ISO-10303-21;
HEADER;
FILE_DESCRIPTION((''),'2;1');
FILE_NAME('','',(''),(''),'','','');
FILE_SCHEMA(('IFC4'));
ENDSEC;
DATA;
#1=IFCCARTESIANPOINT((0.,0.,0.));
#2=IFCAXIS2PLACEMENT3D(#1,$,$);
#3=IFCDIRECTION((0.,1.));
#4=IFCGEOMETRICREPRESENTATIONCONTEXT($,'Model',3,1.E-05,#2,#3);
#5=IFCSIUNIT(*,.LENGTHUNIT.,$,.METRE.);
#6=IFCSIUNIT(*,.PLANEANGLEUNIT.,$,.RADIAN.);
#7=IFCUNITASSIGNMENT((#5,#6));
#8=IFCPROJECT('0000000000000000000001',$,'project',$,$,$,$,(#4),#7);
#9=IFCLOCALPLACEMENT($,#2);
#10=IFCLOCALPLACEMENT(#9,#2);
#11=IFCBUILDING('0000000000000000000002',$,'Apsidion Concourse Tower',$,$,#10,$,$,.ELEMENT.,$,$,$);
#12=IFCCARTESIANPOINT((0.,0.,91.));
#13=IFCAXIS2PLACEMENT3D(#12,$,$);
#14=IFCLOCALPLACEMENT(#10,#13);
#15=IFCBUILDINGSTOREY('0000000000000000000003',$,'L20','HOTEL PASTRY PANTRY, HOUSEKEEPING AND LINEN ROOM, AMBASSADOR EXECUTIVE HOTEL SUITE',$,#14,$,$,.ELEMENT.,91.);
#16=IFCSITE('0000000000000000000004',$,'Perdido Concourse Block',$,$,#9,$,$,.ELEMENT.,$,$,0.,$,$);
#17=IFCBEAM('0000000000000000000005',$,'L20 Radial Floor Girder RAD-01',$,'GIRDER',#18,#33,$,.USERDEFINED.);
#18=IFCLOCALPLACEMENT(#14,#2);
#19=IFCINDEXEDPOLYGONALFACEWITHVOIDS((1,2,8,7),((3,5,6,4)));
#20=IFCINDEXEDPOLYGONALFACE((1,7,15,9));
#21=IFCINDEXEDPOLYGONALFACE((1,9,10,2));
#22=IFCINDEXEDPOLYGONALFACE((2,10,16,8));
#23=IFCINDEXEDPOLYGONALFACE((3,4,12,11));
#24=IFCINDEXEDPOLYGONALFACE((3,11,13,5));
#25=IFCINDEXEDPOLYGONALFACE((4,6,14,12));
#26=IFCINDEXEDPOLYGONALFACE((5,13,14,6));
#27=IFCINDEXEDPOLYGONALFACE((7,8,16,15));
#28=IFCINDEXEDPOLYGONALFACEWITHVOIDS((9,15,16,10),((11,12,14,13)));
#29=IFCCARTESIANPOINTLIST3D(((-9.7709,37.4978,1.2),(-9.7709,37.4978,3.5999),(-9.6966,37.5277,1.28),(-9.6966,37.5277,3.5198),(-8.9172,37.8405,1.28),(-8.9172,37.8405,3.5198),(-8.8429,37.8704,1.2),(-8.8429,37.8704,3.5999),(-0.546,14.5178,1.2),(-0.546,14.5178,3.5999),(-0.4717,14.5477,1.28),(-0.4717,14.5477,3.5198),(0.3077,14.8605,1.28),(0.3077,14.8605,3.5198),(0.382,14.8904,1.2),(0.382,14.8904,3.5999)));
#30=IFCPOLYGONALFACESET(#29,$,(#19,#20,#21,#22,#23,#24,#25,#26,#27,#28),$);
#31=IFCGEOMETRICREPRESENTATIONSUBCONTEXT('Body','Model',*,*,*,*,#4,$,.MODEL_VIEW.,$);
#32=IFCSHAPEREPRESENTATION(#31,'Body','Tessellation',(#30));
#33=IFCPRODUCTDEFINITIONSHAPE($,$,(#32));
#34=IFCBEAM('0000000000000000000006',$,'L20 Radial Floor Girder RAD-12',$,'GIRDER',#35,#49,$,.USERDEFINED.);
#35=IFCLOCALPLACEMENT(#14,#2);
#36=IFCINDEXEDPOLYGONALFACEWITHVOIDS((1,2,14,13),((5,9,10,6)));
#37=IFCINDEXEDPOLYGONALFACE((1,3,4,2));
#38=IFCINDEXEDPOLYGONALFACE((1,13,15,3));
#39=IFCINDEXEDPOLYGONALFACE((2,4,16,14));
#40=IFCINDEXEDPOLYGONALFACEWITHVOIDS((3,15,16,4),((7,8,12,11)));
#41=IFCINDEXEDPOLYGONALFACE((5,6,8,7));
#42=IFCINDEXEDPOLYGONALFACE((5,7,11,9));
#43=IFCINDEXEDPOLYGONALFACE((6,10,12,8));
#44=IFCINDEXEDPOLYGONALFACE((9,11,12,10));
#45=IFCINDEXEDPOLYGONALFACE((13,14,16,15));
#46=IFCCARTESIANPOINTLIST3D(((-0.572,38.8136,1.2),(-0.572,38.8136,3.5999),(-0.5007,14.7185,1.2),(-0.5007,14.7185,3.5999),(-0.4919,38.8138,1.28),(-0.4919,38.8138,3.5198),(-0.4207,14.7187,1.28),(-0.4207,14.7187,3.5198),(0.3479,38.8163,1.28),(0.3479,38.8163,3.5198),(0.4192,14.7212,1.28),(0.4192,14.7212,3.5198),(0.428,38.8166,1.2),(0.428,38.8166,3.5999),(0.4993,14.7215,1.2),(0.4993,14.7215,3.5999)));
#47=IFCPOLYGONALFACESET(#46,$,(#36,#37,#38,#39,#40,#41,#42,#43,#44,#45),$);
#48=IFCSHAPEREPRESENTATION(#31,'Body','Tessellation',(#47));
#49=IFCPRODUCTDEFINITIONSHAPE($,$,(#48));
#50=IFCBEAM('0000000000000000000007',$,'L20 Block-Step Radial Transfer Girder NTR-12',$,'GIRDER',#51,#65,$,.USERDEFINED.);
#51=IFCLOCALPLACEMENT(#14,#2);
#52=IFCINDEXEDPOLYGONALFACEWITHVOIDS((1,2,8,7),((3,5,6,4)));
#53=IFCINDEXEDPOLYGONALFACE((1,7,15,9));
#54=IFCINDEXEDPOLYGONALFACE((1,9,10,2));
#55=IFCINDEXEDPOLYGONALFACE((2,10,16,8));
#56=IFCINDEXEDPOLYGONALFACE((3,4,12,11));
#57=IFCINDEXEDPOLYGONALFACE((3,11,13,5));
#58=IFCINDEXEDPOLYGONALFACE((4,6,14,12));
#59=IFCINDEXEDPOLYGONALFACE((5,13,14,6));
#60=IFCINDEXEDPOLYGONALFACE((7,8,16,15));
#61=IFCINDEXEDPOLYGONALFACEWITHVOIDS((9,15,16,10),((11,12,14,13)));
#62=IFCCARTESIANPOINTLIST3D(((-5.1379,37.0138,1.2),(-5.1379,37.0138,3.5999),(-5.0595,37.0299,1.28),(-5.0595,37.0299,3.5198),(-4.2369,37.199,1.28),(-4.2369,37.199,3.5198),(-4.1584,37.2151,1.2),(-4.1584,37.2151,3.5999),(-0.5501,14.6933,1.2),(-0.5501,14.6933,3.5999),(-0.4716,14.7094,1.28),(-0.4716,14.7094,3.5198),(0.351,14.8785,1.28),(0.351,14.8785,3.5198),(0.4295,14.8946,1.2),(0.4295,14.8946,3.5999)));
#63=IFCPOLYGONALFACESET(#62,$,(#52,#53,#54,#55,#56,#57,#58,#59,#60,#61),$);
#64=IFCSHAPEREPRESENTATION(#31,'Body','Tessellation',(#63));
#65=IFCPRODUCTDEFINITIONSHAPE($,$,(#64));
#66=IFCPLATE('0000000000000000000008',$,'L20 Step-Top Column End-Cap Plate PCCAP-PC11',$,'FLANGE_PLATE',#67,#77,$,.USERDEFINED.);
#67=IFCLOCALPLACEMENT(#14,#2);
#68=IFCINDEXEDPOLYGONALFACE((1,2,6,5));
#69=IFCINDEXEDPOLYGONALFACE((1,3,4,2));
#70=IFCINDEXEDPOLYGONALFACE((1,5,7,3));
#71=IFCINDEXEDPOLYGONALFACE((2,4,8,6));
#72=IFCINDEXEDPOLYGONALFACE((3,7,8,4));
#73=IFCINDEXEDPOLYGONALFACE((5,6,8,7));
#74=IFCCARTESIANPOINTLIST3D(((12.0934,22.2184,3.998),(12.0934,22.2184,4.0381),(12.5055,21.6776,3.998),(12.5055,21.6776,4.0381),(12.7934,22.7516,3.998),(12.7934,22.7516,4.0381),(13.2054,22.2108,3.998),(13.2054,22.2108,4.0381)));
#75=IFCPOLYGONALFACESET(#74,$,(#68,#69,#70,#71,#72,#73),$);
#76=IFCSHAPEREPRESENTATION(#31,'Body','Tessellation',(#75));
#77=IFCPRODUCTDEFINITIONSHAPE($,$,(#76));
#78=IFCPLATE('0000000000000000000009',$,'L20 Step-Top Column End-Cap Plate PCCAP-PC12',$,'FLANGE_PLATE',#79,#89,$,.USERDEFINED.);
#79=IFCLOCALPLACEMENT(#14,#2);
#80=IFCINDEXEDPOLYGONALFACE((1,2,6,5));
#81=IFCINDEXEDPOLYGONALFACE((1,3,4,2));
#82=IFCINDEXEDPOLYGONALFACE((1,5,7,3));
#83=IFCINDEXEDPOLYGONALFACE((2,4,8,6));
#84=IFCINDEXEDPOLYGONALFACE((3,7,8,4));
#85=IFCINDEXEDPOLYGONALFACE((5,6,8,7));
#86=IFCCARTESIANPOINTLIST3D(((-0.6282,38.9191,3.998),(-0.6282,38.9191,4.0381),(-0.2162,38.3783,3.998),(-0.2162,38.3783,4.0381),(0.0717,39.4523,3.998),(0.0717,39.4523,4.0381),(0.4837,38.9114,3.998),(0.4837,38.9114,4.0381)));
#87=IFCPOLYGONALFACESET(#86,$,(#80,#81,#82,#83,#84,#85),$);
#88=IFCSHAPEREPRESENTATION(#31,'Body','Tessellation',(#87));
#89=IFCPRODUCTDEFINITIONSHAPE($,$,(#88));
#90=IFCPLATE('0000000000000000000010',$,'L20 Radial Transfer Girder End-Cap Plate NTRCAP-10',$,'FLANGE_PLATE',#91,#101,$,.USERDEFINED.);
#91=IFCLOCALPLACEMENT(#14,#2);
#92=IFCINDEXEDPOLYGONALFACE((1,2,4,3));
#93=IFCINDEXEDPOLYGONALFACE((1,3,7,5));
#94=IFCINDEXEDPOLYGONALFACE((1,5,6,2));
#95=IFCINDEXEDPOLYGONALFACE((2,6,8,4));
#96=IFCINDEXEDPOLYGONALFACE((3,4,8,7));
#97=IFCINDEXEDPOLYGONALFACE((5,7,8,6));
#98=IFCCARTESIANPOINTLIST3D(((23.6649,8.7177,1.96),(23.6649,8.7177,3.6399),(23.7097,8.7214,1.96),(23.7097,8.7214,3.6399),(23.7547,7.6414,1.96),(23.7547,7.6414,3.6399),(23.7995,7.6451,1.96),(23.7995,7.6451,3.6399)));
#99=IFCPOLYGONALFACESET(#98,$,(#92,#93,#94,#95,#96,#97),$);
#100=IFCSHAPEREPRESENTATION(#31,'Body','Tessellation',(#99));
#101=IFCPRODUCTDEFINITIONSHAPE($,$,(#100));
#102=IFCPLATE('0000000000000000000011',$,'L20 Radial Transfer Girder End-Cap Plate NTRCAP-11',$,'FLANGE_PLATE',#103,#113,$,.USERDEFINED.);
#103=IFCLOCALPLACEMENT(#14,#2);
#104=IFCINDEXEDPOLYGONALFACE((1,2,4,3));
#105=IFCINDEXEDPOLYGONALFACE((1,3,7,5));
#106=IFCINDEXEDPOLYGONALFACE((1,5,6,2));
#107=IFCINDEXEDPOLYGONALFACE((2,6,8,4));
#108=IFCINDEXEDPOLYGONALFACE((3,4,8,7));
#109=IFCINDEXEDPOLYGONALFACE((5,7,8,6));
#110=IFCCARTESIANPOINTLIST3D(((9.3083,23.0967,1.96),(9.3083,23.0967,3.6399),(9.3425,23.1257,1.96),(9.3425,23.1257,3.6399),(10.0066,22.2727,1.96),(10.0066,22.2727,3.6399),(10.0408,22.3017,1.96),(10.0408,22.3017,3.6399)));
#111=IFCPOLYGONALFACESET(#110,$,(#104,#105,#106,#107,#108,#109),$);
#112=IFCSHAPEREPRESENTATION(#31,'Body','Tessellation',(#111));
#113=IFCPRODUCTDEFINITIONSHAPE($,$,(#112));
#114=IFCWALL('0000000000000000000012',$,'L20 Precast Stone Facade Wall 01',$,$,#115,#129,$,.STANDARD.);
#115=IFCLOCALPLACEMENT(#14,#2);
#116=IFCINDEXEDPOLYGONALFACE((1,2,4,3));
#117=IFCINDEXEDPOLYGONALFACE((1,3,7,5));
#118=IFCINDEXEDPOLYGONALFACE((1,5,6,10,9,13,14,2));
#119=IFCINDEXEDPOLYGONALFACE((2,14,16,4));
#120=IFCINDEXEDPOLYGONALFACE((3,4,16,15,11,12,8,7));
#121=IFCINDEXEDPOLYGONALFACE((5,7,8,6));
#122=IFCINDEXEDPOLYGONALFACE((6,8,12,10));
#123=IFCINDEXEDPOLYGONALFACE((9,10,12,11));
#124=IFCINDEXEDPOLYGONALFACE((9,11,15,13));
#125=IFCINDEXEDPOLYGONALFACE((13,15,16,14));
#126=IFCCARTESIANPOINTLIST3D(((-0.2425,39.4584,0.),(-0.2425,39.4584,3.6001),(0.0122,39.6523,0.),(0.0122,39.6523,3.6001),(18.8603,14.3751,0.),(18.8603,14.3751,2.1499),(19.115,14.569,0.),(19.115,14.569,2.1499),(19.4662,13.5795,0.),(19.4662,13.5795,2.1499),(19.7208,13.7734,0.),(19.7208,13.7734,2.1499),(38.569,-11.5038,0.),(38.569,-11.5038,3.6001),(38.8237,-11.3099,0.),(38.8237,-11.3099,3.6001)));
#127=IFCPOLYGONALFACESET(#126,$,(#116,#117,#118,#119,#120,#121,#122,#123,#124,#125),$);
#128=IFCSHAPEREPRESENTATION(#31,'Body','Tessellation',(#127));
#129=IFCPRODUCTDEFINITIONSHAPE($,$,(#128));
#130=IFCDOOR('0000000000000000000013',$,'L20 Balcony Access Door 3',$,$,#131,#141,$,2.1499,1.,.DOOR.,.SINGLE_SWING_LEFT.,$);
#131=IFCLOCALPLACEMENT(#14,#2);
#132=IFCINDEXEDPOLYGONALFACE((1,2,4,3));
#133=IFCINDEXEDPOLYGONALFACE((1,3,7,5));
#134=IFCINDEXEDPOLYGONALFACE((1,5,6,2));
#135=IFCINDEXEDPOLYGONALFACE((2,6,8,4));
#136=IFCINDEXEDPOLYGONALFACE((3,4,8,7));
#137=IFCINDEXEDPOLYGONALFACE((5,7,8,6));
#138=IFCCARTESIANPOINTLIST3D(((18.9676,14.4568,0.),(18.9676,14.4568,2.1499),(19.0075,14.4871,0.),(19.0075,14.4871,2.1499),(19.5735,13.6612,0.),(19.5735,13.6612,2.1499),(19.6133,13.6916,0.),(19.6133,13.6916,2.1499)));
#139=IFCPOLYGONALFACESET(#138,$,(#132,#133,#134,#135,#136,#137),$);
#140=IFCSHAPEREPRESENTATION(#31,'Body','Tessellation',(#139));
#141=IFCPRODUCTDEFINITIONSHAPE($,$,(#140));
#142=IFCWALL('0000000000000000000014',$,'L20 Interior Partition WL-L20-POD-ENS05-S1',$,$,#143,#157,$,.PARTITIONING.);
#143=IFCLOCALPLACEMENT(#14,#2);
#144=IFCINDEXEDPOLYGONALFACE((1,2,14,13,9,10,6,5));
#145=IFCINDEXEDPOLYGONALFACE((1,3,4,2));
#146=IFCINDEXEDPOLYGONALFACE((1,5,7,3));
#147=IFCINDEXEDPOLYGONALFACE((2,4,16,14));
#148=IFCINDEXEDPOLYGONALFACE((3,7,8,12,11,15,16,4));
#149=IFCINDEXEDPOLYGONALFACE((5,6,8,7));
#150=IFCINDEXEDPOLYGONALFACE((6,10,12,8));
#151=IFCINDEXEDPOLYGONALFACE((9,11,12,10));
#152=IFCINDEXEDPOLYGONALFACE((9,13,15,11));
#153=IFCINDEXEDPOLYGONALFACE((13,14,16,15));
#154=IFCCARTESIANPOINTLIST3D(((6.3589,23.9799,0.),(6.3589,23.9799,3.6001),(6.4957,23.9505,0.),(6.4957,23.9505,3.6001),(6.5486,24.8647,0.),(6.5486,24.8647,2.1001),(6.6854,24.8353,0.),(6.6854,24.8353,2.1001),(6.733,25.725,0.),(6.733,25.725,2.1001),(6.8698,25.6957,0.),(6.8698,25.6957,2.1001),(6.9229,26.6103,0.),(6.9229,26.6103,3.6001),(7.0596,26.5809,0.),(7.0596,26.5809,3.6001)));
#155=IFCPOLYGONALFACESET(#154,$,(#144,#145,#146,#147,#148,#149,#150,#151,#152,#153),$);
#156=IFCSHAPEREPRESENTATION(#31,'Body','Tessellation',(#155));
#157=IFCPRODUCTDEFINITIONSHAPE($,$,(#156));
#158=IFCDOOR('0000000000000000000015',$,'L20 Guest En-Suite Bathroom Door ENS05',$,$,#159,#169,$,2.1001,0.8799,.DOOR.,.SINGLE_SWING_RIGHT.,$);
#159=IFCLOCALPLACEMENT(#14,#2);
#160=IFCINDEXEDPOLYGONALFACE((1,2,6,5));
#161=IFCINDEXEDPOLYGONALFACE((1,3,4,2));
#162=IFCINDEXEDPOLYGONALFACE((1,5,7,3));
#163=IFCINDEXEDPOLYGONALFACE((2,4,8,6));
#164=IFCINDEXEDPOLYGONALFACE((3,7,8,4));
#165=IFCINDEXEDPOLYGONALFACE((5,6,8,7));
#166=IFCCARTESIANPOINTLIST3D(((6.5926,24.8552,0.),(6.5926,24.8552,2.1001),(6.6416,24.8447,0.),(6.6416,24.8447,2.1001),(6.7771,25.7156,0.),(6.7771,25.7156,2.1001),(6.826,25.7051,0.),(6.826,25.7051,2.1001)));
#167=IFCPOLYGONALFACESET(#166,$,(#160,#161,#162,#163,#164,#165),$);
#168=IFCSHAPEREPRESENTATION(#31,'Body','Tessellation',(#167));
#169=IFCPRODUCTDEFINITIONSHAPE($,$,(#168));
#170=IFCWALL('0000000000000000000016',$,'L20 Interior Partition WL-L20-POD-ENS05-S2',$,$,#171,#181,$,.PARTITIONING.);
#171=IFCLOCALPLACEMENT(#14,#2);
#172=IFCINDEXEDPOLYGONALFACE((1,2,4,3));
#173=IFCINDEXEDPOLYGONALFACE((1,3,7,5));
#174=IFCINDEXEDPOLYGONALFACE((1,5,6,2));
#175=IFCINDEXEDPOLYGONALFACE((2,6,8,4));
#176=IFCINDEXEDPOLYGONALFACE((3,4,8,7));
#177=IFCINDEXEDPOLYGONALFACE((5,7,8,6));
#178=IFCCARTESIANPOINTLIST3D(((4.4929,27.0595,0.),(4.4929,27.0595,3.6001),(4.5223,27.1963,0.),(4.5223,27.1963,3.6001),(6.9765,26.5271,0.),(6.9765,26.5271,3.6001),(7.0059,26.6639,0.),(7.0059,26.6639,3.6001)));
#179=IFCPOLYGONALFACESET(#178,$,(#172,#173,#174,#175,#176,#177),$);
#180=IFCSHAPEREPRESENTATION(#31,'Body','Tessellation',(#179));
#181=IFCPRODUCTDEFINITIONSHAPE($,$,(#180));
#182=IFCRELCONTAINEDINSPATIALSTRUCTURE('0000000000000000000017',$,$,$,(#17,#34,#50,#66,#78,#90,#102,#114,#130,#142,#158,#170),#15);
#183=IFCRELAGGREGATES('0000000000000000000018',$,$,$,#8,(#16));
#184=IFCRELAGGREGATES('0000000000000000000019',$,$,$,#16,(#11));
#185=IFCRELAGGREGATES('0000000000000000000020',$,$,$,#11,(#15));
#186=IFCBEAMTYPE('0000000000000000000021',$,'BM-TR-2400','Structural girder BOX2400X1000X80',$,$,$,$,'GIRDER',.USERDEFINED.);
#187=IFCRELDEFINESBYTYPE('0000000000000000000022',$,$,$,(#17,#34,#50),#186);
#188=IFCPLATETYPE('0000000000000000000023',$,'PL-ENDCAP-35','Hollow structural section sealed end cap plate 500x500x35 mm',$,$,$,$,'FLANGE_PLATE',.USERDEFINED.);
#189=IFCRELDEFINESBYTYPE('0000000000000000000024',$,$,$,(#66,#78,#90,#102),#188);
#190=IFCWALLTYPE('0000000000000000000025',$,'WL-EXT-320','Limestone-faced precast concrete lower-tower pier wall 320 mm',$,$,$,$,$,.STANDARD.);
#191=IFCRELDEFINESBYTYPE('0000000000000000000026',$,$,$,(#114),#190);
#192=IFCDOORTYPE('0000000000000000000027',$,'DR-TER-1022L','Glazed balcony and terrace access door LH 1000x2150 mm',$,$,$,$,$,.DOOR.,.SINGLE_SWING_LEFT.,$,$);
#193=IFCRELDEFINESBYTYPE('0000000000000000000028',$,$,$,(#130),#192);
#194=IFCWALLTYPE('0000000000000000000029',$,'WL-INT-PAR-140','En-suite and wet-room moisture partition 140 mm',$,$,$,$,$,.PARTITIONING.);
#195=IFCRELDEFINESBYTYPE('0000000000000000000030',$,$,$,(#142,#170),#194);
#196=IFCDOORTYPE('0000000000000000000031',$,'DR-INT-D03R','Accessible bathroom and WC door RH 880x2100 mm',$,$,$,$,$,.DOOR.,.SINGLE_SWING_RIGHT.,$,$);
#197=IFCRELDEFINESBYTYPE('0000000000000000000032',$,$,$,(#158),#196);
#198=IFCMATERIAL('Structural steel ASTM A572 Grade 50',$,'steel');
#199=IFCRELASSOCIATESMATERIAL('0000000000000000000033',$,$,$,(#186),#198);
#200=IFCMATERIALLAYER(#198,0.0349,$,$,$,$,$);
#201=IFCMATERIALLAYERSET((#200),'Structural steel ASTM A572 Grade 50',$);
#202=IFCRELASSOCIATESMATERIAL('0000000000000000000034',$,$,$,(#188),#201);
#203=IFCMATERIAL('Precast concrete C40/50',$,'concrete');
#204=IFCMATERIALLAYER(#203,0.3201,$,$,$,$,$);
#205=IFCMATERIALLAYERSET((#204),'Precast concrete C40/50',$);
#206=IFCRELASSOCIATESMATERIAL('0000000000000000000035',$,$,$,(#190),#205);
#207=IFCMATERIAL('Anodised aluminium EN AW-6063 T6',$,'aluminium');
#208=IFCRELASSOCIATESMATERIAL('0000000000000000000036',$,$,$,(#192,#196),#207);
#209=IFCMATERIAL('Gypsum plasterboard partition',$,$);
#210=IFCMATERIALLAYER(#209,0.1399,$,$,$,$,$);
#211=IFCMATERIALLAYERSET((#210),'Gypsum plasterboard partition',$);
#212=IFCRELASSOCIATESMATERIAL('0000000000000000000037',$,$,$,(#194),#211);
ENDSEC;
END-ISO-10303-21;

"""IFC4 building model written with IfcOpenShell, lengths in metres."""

from ifc_helpers import new_model, si_unit, direction, frame, frame_2d, origin, origin_2d, place, context, subcontext, project, spatial, rectangle, hollow_rectangle, extrude, material, layer, layer_set, material_profile, profile_set, type_object, element, fill, save


model = new_model("IFC4")

# Units and contexts
model_context = context("Model", 3, precision=1e-05, world=origin(), true_north=direction((0.0, 1.0)))
body_context = subcontext(model_context, "Body", "Model", "MODEL_VIEW")
ifc_project = project(units=[si_unit("LENGTHUNIT", "METRE"), si_unit("PLANEANGLEUNIT", "RADIAN")], contexts=[model_context])

# Site, building, storey
site_placement = place(None, origin())
site = spatial("IfcSite", under=ifc_project, at=site_placement, Name="Perdido Concourse Block", CompositionType="ELEMENT", RefElevation=0.0)
building_placement = place(site_placement, origin())
building = spatial("IfcBuilding", under=site, at=building_placement, Name="Apsidion Concourse Tower", CompositionType="ELEMENT")
storey_placement = place(building_placement, frame((0.0, 0.0, 91.0)))
storey = spatial("IfcBuildingStorey", under=building, at=storey_placement, Name="L20", Description="HOTEL PASTRY PANTRY, HOUSEKEEPING AND LINEN ROOM, AMBASSADOR EXECUTIVE HOTEL SUITE", CompositionType="ELEMENT", Elevation=91.0)

# Shared definitions
ifc_material_1 = material(Name="Structural steel ASTM A572 Grade 50", Category="steel")

# Beams
ifc_material_profile_1 = material_profile(ifc_material_1, hollow_rectangle(XDim=1.0, YDim=2.3999, WallThickness=0.0801, at=origin_2d()), Name="BOX2400X1000X80")
ifc_profile_set_1 = profile_set([ifc_material_profile_1], Name="Structural steel ASTM A572 Grade 50")
beam_type_1 = type_object("IfcBeamType", Name="BM-TR-2400", Description="Structural girder BOX2400X1000X80", ElementType="GIRDER", PredefinedType="USERDEFINED", material=ifc_profile_set_1)
beam_1_placement = place(storey_placement, frame((-0.082, 14.7041, 2.3999), z_axis=(-0.372534, 0.928018, 0.0), x_axis=(-0.928018, -0.372534, 0.0)))
element("IfcBeam", 1, at=beam_1_placement, inside=storey, type_object=beam_type_1, Name="L20 Radial Floor Girder RAD-01", ObjectType="GIRDER", PredefinedType="USERDEFINED", context=body_context, shape_type="SweptSolid", body=[
    extrude(hollow_rectangle(XDim=1.0, YDim=2.3999, WallThickness=0.0801, at=origin_2d()), origin(), (0.0, 0.0, 1.0), 24.7625),
])
beam_2_placement = place(storey_placement, frame((-0.0007, 14.72, 2.3999), z_axis=(-0.002959, 0.999996, 0.0), x_axis=(-0.999996, -0.002959, 0.0)))
element("IfcBeam", 2, at=beam_2_placement, inside=storey, type_object=beam_type_1, Name="L20 Radial Floor Girder RAD-12", ObjectType="GIRDER", PredefinedType="USERDEFINED", context=body_context, shape_type="SweptSolid", body=[
    extrude(hollow_rectangle(XDim=1.0, YDim=2.3999, WallThickness=0.0801, at=origin_2d()), origin(), (0.0, 0.0, 1.0), 24.0952),
])
beam_3_placement = place(storey_placement, frame((-0.0603, 14.7939, 2.3999), z_axis=(-0.201336, 0.979522, 0.0), x_axis=(-0.979522, -0.201336, 0.0)))
element("IfcBeam", 3, at=beam_3_placement, inside=storey, type_object=beam_type_1, Name="L20 Block-Step Radial Transfer Girder NTR-12", ObjectType="GIRDER", PredefinedType="USERDEFINED", context=body_context, shape_type="SweptSolid", body=[
    extrude(hollow_rectangle(XDim=1.0, YDim=2.3999, WallThickness=0.0801, at=origin_2d()), origin(), (0.0, 0.0, 1.0), 22.7871),
])

# Plates
ifc_layer_1 = layer(ifc_material_1, 0.0349)
ifc_layer_set_1 = layer_set([ifc_layer_1], Name="Structural steel ASTM A572 Grade 50")
plate_type = type_object("IfcPlateType", Name="PL-ENDCAP-35", Description="Hollow structural section sealed end cap plate 500x500x35 mm", ElementType="FLANGE_PLATE", PredefinedType="USERDEFINED", material=ifc_layer_set_1)
for number, where, z_axis, x_axis, name in (
    (4, (12.6494, 22.2146, 3.998), (0.0, 0.0, 1.0), (-0.605988, 0.795473, 0.0), "L20 Step-Top Column End-Cap Plate PCCAP-PC11"),
    (5, (-0.0723, 38.9153, 3.998), (0.0, 0.0, 1.0), (-0.605988, 0.795473, 0.0), "L20 Step-Top Column End-Cap Plate PCCAP-PC12"),
):
    element("IfcPlate", number, at=place(storey_placement, frame(where, z_axis=z_axis, x_axis=x_axis)), inside=storey, type_object=plate_type, Name=name, ObjectType="FLANGE_PLATE", PredefinedType="USERDEFINED", context=body_context, shape_type="SweptSolid", body=[
        extrude(rectangle(XDim=0.6799, YDim=0.8799, at=origin_2d()), origin(), (0.0, 0.0, 1.0), 0.04),
    ])
for number, where, z_axis, x_axis, name in (
    (6, (23.7322, 8.1814, 1.96), (0.0, 0.0, 1.0), (0.996537, 0.083156, 0.0), "L20 Radial Transfer Girder End-Cap Plate NTRCAP-10"),
    (7, (9.6746, 22.6992, 1.96), (0.0, 0.0, 1.0), (0.762894, 0.646524, 0.0), "L20 Radial Transfer Girder End-Cap Plate NTRCAP-11"),
):
    element("IfcPlate", number, at=place(storey_placement, frame(where, z_axis=z_axis, x_axis=x_axis)), inside=storey, type_object=plate_type, Name=name, ObjectType="FLANGE_PLATE", PredefinedType="USERDEFINED", context=body_context, shape_type="SweptSolid", body=[
        extrude(rectangle(XDim=0.0449, YDim=1.0801, at=origin_2d()), origin(), (0.0, 0.0, 1.0), 1.6799),
    ])

# Walls, openings, doors
ifc_material_2 = material(Name="Precast concrete C40/50", Category="concrete")
ifc_layer_2 = layer(ifc_material_2, 0.3201)
ifc_layer_set_2 = layer_set([ifc_layer_2], Name="Precast concrete C40/50")
wall_type_1 = type_object("IfcWallType", Name="WL-EXT-320", Description="Limestone-faced precast concrete lower-tower pier wall 320 mm", PredefinedType="STANDARD", material=ifc_layer_set_2)
wall_1_placement = place(storey_placement, frame((-0.1152, 39.5554, 0.0), z_axis=(0.0, 0.0, 1.0), x_axis=(0.605877, -0.795558, 0.0)))
wall_1 = element("IfcWall", 8, at=wall_1_placement, inside=storey, type_object=wall_type_1, Name="L20 Precast Stone Facade Wall 01", PredefinedType="STANDARD", context=body_context, shape_type="SweptSolid", body=[
    extrude(rectangle(XDim=64.0583, YDim=0.3201, at=frame_2d((32.0293, 0.0))), origin(), (0.0, 0.0, 1.0), 3.6001),
])
opening_1_placement = place(wall_1_placement, frame((31.5293, 0.0, 0.0)))
opening_1 = element("IfcOpeningElement", 9, at=opening_1_placement, cuts=wall_1, PredefinedType="OPENING", context=body_context, shape_type="SweptSolid", body=[
    extrude(rectangle(XDim=1.0, YDim=2.1499, at=frame_2d((0.5, 1.075))), frame((0.0, 0.1699, 0.0), z_axis=(0.0, -1.0, 0.0), x_axis=(1.0, 0.0, 0.0)), (0.0, 0.0, 1.0), 0.3401),
])
ifc_material_3 = material(Name="Anodised aluminium EN AW-6063 T6", Category="aluminium")
door_type_1 = type_object("IfcDoorType", Name="DR-TER-1022L", Description="Glazed balcony and terrace access door LH 1000x2150 mm", OperationType="SINGLE_SWING_LEFT", PredefinedType="DOOR", material=ifc_material_3)
door_1_placement = place(opening_1_placement, origin())
door_1 = element("IfcDoor", 10, at=door_1_placement, inside=storey, type_object=door_type_1, Name="L20 Balcony Access Door 3", OperationType="SINGLE_SWING_LEFT", OverallHeight=2.1499, OverallWidth=1.0, PredefinedType="DOOR", context=body_context, shape_type="SweptSolid", body=[
    extrude(rectangle(XDim=1.0, YDim=2.1499, at=frame_2d((0.5, 1.075))), frame((0.0, 0.0249, 0.0), z_axis=(0.0, -1.0, 0.0), x_axis=(1.0, 0.0, 0.0)), (0.0, 0.0, 1.0), 0.05),
])
fill(opening_1, door_1)
ifc_material_4 = material(Name="Gypsum plasterboard partition")
ifc_layer_3 = layer(ifc_material_4, 0.1399)
ifc_layer_set_3 = layer_set([ifc_layer_3], Name="Gypsum plasterboard partition")
wall_type_2 = type_object("IfcWallType", Name="WL-INT-PAR-140", Description="En-suite and wet-room moisture partition 140 mm", PredefinedType="PARTITIONING", material=ifc_layer_set_3)
wall_2_placement = place(storey_placement, frame((6.4272, 23.9651, 0.0), z_axis=(0.0, 0.0, 1.0), x_axis=(0.209641, 0.977779, 0.0)))
wall_2 = element("IfcWall", 11, at=wall_2_placement, inside=storey, type_object=wall_type_2, Name="L20 Interior Partition WL-L20-POD-ENS05-S1", PredefinedType="PARTITIONING", context=body_context, shape_type="SweptSolid", body=[
    extrude(rectangle(XDim=2.6902, YDim=0.1399, at=frame_2d((1.3452, 0.0))), origin(), (0.0, 0.0, 1.0), 3.6001),
])
opening_2_placement = place(wall_2_placement, frame((0.905, 0.0, 0.0)))
opening_2 = element("IfcOpeningElement", 12, at=opening_2_placement, cuts=wall_2, PredefinedType="OPENING", context=body_context, shape_type="SweptSolid", body=[
    extrude(rectangle(XDim=0.8799, YDim=2.1001, at=frame_2d((0.4399, 1.05))), frame((0.0, 0.0801, 0.0), z_axis=(0.0, -1.0, 0.0), x_axis=(1.0, 0.0, 0.0)), (0.0, 0.0, 1.0), 0.1599),
])
door_type_2 = type_object("IfcDoorType", Name="DR-INT-D03R", Description="Accessible bathroom and WC door RH 880x2100 mm", OperationType="SINGLE_SWING_RIGHT", PredefinedType="DOOR", material=ifc_material_3)
door_2_placement = place(opening_2_placement, origin())
door_2 = element("IfcDoor", 13, at=door_2_placement, inside=storey, type_object=door_type_2, Name="L20 Guest En-Suite Bathroom Door ENS05", OperationType="SINGLE_SWING_RIGHT", OverallHeight=2.1001, OverallWidth=0.8799, PredefinedType="DOOR", context=body_context, shape_type="SweptSolid", body=[
    extrude(rectangle(XDim=0.8799, YDim=2.1001, at=frame_2d((0.4399, 1.05))), frame((0.0, 0.0249, 0.0), z_axis=(0.0, -1.0, 0.0), x_axis=(1.0, 0.0, 0.0)), (0.0, 0.0, 1.0), 0.05),
])
fill(opening_2, door_2)

# Wall
wall_3_placement = place(storey_placement, frame((6.9912, 26.5955, 0.0), z_axis=(0.0, 0.0, 1.0), x_axis=(-0.977781, 0.209628, 0.0)))
element("IfcWall", 14, at=wall_3_placement, inside=storey, type_object=wall_type_2, Name="L20 Interior Partition WL-L20-POD-ENS05-S2", PredefinedType="PARTITIONING", context=body_context, shape_type="SweptSolid", body=[
    extrude(rectangle(XDim=2.54, YDim=0.1399, at=frame_2d((1.27, 0.0))), origin(), (0.0, 0.0, 1.0), 3.6001),
])

save(model, "model.ifc")
